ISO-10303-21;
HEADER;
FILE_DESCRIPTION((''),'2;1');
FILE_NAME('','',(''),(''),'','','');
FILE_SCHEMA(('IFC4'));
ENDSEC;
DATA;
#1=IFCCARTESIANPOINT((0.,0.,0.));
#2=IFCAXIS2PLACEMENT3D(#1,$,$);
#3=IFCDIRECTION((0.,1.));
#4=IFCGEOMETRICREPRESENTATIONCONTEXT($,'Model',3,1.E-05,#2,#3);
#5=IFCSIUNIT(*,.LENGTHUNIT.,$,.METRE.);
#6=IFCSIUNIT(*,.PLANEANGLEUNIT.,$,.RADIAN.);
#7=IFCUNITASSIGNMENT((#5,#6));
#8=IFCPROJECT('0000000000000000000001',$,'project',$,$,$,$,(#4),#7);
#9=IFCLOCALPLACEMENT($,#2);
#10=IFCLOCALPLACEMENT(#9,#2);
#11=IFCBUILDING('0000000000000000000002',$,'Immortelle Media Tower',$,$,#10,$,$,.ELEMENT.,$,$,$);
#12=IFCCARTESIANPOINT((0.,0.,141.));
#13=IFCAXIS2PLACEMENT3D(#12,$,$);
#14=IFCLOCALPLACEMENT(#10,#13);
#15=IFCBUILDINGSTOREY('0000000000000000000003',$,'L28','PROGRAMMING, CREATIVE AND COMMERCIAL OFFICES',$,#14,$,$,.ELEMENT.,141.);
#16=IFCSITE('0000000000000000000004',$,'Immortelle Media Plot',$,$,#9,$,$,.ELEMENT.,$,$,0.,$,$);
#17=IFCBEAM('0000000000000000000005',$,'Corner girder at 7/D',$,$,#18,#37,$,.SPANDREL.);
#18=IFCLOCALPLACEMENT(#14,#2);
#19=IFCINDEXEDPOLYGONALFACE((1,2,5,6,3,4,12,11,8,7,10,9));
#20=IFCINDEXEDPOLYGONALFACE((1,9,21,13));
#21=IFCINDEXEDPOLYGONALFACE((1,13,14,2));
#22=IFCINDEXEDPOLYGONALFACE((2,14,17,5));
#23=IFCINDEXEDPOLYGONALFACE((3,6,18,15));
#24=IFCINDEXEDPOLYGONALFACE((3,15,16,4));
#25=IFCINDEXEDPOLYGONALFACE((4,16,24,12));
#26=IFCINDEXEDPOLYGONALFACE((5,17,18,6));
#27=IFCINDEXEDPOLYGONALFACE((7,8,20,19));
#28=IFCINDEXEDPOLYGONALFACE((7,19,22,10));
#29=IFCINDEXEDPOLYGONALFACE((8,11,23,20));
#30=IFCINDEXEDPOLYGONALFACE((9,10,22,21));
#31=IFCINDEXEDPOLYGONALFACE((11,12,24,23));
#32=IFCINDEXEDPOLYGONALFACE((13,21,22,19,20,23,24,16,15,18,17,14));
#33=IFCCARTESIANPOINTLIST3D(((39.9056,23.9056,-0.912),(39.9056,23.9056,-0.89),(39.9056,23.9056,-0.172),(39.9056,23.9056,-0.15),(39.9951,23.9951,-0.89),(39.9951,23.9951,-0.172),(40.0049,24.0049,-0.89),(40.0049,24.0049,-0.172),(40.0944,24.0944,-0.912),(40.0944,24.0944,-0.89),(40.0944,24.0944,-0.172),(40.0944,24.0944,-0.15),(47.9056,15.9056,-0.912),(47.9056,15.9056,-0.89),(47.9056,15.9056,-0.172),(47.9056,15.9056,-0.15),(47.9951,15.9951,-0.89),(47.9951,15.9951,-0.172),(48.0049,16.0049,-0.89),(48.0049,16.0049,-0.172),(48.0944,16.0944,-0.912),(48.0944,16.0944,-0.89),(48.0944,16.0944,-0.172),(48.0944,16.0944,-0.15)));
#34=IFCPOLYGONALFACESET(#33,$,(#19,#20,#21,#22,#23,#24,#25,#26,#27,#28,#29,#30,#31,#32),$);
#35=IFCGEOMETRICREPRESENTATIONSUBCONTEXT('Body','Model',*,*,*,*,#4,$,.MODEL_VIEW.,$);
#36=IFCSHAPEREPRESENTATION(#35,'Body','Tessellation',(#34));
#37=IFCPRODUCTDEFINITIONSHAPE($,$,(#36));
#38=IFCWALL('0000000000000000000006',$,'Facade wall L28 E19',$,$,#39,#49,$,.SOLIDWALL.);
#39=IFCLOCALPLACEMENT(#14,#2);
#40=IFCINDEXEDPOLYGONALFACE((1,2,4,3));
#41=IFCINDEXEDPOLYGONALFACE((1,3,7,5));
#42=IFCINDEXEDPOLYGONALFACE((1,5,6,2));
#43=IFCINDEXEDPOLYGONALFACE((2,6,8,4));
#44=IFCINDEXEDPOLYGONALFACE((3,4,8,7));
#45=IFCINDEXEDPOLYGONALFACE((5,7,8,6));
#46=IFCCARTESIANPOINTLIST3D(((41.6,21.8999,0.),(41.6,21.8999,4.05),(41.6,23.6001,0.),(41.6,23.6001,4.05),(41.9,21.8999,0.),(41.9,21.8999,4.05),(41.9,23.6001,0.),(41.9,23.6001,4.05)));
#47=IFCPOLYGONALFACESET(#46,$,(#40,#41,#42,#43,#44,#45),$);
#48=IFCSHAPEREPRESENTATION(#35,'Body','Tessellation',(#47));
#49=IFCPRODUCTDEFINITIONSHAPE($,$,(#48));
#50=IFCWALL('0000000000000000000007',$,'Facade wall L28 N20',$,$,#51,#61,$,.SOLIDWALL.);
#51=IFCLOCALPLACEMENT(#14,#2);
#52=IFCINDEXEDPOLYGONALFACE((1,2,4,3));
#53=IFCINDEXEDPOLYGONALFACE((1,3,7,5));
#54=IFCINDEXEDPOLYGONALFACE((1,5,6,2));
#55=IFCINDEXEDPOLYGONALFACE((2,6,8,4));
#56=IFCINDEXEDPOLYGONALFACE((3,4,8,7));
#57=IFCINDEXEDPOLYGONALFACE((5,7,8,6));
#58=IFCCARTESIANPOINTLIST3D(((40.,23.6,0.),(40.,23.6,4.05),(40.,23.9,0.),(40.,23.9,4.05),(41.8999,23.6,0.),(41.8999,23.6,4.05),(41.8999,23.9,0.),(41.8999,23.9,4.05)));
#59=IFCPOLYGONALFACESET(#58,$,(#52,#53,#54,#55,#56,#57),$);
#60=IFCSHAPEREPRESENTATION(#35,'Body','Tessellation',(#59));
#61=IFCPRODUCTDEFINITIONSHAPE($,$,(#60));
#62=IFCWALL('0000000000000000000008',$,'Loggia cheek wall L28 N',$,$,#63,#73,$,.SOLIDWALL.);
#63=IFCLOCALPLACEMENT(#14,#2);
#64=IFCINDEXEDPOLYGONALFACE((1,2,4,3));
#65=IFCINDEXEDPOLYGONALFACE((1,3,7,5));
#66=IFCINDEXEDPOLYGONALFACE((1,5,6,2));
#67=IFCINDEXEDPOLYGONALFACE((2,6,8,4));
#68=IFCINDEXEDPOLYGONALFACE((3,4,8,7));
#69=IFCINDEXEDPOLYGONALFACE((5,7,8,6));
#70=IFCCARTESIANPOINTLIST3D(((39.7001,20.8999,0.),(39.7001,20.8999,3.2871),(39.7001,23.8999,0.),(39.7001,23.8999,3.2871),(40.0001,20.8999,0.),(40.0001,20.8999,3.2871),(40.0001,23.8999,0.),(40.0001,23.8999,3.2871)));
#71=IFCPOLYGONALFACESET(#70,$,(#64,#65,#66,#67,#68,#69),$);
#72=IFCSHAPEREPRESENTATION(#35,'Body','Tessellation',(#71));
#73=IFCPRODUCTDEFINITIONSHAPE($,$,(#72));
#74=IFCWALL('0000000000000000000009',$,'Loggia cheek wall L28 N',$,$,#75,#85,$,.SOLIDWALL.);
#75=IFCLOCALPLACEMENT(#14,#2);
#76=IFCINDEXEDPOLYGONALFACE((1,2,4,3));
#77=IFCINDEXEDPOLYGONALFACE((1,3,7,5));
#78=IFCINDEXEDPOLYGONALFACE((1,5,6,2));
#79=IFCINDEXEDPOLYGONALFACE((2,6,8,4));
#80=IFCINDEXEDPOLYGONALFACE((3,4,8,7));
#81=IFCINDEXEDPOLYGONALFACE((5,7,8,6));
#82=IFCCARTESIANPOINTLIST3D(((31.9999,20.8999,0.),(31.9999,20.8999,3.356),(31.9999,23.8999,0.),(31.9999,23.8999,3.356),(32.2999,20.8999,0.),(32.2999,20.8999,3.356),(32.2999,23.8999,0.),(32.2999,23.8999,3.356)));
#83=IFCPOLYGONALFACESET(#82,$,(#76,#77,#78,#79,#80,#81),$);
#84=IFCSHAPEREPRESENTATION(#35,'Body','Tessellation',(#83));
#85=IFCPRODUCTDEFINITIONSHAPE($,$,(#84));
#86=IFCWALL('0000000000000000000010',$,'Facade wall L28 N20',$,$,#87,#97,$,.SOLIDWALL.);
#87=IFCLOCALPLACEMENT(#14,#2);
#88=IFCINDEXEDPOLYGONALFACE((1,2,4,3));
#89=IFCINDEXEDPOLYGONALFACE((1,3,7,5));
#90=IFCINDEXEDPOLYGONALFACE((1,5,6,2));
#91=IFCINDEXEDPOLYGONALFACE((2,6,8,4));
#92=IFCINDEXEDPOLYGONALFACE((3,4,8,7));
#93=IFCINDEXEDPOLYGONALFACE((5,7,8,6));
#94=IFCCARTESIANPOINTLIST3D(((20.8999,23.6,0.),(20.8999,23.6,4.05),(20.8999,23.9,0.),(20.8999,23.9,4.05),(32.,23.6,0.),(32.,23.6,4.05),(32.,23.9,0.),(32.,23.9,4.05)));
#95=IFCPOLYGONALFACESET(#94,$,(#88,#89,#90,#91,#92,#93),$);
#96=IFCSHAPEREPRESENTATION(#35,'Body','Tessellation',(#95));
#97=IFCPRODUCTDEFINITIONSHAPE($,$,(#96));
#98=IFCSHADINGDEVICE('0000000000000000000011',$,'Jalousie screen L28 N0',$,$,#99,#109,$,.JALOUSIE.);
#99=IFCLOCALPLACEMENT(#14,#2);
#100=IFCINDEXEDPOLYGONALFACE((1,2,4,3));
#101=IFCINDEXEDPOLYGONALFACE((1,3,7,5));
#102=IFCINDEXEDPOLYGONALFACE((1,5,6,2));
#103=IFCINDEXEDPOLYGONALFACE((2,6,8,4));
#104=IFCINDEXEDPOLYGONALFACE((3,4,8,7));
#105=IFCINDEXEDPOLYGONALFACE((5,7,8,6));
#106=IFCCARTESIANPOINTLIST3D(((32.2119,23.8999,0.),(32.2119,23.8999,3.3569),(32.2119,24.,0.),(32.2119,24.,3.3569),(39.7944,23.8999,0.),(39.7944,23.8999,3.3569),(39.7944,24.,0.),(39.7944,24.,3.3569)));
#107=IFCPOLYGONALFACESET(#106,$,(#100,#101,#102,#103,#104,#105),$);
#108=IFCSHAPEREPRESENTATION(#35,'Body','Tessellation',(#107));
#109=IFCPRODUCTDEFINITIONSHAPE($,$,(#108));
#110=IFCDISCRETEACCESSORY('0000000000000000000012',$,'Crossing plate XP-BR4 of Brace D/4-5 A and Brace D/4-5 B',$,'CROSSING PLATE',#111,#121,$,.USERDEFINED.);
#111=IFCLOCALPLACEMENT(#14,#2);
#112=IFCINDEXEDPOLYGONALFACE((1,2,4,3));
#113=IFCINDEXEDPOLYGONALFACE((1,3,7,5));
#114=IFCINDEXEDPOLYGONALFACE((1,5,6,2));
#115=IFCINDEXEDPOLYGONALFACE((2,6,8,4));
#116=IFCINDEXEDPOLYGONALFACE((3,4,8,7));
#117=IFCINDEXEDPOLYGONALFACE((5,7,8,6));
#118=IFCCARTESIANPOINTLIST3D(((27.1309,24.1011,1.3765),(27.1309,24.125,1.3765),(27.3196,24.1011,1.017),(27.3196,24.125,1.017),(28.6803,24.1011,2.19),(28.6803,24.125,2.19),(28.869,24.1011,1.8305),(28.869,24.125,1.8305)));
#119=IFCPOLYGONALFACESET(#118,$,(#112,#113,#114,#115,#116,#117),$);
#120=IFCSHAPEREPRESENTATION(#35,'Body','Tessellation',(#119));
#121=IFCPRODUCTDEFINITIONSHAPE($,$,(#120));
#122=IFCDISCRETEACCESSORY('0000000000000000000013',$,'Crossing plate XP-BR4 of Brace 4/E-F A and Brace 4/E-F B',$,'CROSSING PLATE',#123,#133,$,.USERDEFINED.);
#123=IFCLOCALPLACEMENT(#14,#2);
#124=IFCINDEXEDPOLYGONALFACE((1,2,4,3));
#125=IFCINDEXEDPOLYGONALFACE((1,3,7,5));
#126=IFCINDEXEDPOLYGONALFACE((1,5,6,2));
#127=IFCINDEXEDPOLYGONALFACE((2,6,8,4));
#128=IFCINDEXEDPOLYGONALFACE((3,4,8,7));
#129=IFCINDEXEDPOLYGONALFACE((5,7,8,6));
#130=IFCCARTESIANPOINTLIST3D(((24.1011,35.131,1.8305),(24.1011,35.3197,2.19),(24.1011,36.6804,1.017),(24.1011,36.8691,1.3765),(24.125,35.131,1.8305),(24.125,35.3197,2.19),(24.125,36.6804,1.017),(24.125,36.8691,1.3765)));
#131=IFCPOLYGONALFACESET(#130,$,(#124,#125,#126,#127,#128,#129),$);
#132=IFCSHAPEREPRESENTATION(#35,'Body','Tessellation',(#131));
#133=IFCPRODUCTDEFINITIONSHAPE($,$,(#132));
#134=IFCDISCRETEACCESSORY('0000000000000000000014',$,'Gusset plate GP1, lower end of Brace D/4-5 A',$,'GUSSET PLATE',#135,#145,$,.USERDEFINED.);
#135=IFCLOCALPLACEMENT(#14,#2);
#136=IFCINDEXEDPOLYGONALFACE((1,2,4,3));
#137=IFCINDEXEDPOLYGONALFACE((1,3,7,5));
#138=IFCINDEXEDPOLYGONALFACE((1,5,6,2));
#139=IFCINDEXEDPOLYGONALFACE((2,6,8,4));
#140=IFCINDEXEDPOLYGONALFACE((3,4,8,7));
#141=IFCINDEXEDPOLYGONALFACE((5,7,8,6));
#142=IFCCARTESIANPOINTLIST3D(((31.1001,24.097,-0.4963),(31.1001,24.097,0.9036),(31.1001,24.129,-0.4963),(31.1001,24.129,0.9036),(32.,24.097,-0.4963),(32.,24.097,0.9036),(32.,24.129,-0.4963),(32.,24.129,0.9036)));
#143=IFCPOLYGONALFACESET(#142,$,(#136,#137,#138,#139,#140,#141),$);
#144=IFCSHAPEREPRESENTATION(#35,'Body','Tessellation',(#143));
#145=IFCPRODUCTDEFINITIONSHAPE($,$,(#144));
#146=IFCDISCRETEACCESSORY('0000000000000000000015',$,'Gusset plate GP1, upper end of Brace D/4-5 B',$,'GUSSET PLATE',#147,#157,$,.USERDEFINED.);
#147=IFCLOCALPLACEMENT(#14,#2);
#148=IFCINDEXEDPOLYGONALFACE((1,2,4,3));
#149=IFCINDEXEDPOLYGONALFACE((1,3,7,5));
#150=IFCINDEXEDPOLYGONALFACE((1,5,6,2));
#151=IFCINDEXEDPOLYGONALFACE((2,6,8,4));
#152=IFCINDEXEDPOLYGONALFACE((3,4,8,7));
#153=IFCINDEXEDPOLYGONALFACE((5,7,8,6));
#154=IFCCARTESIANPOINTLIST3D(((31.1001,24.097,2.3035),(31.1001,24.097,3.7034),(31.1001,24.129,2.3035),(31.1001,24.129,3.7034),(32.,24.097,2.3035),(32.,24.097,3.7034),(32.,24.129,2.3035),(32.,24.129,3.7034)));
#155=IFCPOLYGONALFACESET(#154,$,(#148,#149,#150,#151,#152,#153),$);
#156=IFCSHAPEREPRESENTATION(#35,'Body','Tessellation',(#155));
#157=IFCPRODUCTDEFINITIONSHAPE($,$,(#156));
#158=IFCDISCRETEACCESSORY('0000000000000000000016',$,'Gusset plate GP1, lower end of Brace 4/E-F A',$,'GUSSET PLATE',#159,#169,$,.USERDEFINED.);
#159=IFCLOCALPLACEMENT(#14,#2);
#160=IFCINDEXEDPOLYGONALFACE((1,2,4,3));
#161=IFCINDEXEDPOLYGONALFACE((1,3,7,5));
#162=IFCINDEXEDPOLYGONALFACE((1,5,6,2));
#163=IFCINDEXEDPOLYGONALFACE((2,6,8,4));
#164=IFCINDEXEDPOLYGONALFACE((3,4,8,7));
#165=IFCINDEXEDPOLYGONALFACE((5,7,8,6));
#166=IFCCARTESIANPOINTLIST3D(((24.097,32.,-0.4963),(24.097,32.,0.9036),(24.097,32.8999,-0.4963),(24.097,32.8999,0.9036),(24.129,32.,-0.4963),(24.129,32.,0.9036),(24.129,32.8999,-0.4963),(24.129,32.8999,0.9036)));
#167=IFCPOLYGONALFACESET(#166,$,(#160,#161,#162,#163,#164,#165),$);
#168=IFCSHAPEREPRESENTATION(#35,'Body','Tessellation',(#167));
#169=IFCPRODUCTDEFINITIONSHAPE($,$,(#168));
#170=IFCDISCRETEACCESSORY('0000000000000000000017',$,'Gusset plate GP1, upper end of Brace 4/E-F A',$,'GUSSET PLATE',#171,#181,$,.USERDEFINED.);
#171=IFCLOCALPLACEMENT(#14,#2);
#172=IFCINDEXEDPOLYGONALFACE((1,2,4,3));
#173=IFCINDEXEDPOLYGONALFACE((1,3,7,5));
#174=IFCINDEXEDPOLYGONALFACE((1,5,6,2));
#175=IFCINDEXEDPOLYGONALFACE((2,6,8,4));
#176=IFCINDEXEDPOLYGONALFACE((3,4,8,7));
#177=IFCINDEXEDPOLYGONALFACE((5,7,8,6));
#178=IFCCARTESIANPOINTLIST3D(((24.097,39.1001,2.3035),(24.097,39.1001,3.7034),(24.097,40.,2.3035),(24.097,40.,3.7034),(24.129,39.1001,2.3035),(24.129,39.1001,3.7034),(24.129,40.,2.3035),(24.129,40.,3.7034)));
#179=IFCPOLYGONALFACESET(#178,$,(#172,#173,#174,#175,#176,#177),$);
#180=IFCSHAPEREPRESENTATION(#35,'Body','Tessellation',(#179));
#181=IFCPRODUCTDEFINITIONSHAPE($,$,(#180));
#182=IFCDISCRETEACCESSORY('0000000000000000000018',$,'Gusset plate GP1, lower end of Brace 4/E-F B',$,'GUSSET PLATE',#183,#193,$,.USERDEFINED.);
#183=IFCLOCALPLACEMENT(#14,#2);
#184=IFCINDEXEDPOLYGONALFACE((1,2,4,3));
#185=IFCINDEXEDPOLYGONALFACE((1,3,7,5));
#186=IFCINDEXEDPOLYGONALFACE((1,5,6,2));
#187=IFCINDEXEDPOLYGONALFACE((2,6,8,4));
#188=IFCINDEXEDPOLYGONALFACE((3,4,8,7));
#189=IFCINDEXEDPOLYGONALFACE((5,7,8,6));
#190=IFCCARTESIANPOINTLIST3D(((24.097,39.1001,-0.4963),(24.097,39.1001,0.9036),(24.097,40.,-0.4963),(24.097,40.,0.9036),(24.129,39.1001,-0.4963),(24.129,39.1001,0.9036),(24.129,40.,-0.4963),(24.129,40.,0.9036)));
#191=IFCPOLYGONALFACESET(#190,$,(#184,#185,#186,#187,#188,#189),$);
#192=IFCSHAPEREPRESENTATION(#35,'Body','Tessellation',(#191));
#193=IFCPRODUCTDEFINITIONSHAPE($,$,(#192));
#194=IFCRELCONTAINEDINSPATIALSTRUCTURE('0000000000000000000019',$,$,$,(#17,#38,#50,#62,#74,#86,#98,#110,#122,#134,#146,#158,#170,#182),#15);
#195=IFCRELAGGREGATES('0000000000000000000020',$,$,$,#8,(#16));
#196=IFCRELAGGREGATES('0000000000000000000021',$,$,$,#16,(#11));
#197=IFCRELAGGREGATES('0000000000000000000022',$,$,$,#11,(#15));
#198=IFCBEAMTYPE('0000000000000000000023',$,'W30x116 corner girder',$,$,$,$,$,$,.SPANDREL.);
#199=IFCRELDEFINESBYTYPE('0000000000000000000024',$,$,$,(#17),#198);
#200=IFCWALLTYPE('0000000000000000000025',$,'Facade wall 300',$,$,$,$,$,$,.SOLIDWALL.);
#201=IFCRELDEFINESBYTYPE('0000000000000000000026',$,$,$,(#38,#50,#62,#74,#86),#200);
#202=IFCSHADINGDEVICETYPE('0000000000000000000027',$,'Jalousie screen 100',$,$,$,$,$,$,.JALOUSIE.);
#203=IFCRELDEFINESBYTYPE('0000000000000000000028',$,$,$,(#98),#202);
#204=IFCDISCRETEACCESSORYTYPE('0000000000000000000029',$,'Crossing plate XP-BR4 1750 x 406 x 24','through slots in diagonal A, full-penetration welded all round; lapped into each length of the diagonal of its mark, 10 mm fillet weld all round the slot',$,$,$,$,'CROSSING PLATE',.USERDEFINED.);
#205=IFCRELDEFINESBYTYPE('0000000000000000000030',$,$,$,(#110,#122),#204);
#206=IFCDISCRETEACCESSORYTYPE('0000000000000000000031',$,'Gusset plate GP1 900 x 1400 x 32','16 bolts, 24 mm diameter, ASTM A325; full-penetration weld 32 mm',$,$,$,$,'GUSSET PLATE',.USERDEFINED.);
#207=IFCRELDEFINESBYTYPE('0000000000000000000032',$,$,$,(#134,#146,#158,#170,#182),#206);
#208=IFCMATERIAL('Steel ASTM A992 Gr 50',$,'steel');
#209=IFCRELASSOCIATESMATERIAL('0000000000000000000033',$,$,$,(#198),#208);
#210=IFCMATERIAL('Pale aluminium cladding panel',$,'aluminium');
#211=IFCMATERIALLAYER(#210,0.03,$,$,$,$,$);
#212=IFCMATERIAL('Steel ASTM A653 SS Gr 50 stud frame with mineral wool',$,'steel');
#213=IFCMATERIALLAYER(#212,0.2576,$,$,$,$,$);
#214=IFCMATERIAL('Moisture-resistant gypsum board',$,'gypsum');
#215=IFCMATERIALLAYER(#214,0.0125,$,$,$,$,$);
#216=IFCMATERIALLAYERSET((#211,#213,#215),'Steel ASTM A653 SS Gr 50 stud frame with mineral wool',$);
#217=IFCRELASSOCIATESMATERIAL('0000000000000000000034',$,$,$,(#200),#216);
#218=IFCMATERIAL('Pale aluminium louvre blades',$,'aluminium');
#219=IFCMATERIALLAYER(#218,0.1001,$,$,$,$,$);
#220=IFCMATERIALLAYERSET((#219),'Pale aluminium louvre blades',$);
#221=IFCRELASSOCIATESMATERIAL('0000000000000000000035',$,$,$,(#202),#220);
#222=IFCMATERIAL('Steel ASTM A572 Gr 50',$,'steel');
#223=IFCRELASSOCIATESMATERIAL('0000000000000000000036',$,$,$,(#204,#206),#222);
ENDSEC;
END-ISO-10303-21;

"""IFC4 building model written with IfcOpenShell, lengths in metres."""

from ifc_helpers import new_model, si_unit, direction, frame, frame_2d, origin, origin_2d, place, context, subcontext, project, spatial, rectangle, i_section, extrude, material, layer, layer_set, material_profile, profile_set, type_object, element, save


model = new_model("IFC4")

# Units and contexts
model_context = context("Model", 3, precision=1e-05, world=origin(), true_north=direction((0.0, 1.0)))
body_context = subcontext(model_context, "Body", "Model", "MODEL_VIEW")
ifc_project = project(units=[si_unit("LENGTHUNIT", "METRE"), si_unit("PLANEANGLEUNIT", "RADIAN")], contexts=[model_context])

# Site, building, storey
site_placement = place(None, origin())
site = spatial("IfcSite", under=ifc_project, at=site_placement, Name="Immortelle Media Plot", CompositionType="ELEMENT", RefElevation=0.0)
building_placement = place(site_placement, origin())
building = spatial("IfcBuilding", under=site, at=building_placement, Name="Immortelle Media Tower", CompositionType="ELEMENT")
storey_placement = place(building_placement, frame((0.0, 0.0, 141.0)))
storey = spatial("IfcBuildingStorey", under=building, at=storey_placement, Name="L28", Description="PROGRAMMING, CREATIVE AND COMMERCIAL OFFICES", CompositionType="ELEMENT", Elevation=141.0)

# Shared definitions
ifc_material_1 = material(Name="Steel ASTM A992 Gr 50", Category="steel")

# Beam
ifc_material_profile_1 = material_profile(ifc_material_1, i_section(OverallWidth=0.2671, OverallDepth=0.762, WebThickness=0.0139, FlangeThickness=0.022, at=origin_2d()), Name="W30x116")
ifc_profile_set_1 = profile_set([ifc_material_profile_1], Name="Steel ASTM A992 Gr 50")
beam_type_1 = type_object("IfcBeamType", Name="W30x116 corner girder", PredefinedType="SPANDREL", material=ifc_profile_set_1)
beam_1_placement = place(storey_placement, frame((40.0, 24.0, -0.531), z_axis=(0.707107, -0.707107, 0.0), x_axis=(0.707107, 0.707107, 0.0)))
element("IfcBeam", 1, at=beam_1_placement, inside=storey, type_object=beam_type_1, Name="Corner girder at 7/D", PredefinedType="SPANDREL", context=body_context, shape_type="SweptSolid", body=[
    extrude(i_section(OverallWidth=0.2671, OverallDepth=0.762, WebThickness=0.0139, FlangeThickness=0.022, at=origin_2d()), origin(), (0.0, 0.0, 1.0), 11.3137),
])

# Walls
ifc_material_2 = material(Name="Pale aluminium cladding panel", Category="aluminium")
ifc_layer_1 = layer(ifc_material_2, 0.03)
ifc_material_3 = material(Name="Steel ASTM A653 SS Gr 50 stud frame with mineral wool", Category="steel")
ifc_layer_2 = layer(ifc_material_3, 0.2576)
ifc_material_4 = material(Name="Moisture-resistant gypsum board", Category="gypsum")
ifc_layer_3 = layer(ifc_material_4, 0.0125)
ifc_layer_set_1 = layer_set([ifc_layer_1, ifc_layer_2, ifc_layer_3], Name="Steel ASTM A653 SS Gr 50 stud frame with mineral wool")
wall_type = type_object("IfcWallType", Name="Facade wall 300", PredefinedType="SOLIDWALL", material=ifc_layer_set_1)
wall_1_placement = place(storey_placement, frame((41.75, 21.8999, 0.0), z_axis=(0.0, 0.0, 1.0), x_axis=(0.0, 1.0, 0.0)))
element("IfcWall", 2, at=wall_1_placement, inside=storey, type_object=wall_type, Name="Facade wall L28 E19", PredefinedType="SOLIDWALL", context=body_context, shape_type="SweptSolid", body=[
    extrude(rectangle(XDim=1.7002, YDim=0.3, at=frame_2d((0.8501, 0.0))), origin(), (0.0, 0.0, 1.0), 4.05),
])
wall_2_placement = place(storey_placement, frame((41.8999, 23.75, 0.0), z_axis=(0.0, 0.0, 1.0), x_axis=(-1.0, 0.0, 0.0)))
element("IfcWall", 3, at=wall_2_placement, inside=storey, type_object=wall_type, Name="Facade wall L28 N20", PredefinedType="SOLIDWALL", context=body_context, shape_type="SweptSolid", body=[
    extrude(rectangle(XDim=1.8999, YDim=0.3, at=frame_2d((0.95, 0.0))), origin(), (0.0, 0.0, 1.0), 4.05),
])
wall_3_placement = place(storey_placement, frame((39.8501, 23.8999, 0.0), z_axis=(0.0, 0.0, 1.0), x_axis=(0.0, -1.0, 0.0)))
element("IfcWall", 4, at=wall_3_placement, inside=storey, type_object=wall_type, Name="Loggia cheek wall L28 N", PredefinedType="SOLIDWALL", context=body_context, shape_type="SweptSolid", body=[
    extrude(rectangle(XDim=3.0, YDim=0.3, at=frame_2d((1.5, 0.0))), origin(), (0.0, 0.0, 1.0), 3.2871),
])
wall_4_placement = place(storey_placement, frame((32.1499, 23.8999, 0.0), z_axis=(0.0, 0.0, 1.0), x_axis=(0.0, -1.0, 0.0)))
element("IfcWall", 5, at=wall_4_placement, inside=storey, type_object=wall_type, Name="Loggia cheek wall L28 N", PredefinedType="SOLIDWALL", context=body_context, shape_type="SweptSolid", body=[
    extrude(rectangle(XDim=3.0, YDim=0.3, at=frame_2d((1.5, 0.0))), origin(), (0.0, 0.0, 1.0), 3.356),
])
wall_5_placement = place(storey_placement, frame((32.0, 23.75, 0.0), z_axis=(0.0, 0.0, 1.0), x_axis=(-1.0, 0.0, 0.0)))
element("IfcWall", 6, at=wall_5_placement, inside=storey, type_object=wall_type, Name="Facade wall L28 N20", PredefinedType="SOLIDWALL", context=body_context, shape_type="SweptSolid", body=[
    extrude(rectangle(XDim=11.1001, YDim=0.3, at=frame_2d((5.55, 0.0))), origin(), (0.0, 0.0, 1.0), 4.05),
])

# Shading device
ifc_material_5 = material(Name="Pale aluminium louvre blades", Category="aluminium")
ifc_layer_4 = layer(ifc_material_5, 0.1001)
ifc_layer_set_2 = layer_set([ifc_layer_4], Name="Pale aluminium louvre blades")
shading_device_type = type_object("IfcShadingDeviceType", Name="Jalousie screen 100", PredefinedType="JALOUSIE", material=ifc_layer_set_2)
shading_device_placement = place(storey_placement, frame((36.0032, 23.95, 0.0), z_axis=(0.0, 0.0, 1.0), x_axis=(-1.0, 0.0, 0.0)))
element("IfcShadingDevice", 7, at=shading_device_placement, inside=storey, type_object=shading_device_type, Name="Jalousie screen L28 N0", PredefinedType="JALOUSIE", context=body_context, shape_type="SweptSolid", body=[
    extrude(rectangle(XDim=7.5825, YDim=0.1001, at=origin_2d()), origin(), (0.0, 0.0, 1.0), 3.3569),
])

# Discrete accessories
ifc_material_6 = material(Name="Steel ASTM A572 Gr 50", Category="steel")
ifc_material_profile_2 = material_profile(ifc_material_6, rectangle(XDim=0.0239, YDim=0.406, at=origin_2d()), Name="PL 24 x 406")
ifc_profile_set_2 = profile_set([ifc_material_profile_2], Name="Steel ASTM A572 Gr 50")
discrete_accessory_type_1 = type_object("IfcDiscreteAccessoryType", Name="Crossing plate XP-BR4 1750 x 406 x 24", Description="through slots in diagonal A, full-penetration welded all round; lapped into each length of the diagonal of its mark, 10 mm fillet weld all round the slot", ElementType="CROSSING PLATE", PredefinedType="USERDEFINED", material=ifc_profile_set_2)
for number, where, z_axis, x_axis, name in (
    (8, (28.7747, 24.113, 2.0103), (-0.885378, 0.0, -0.464872), (0.0, -1.0, 0.0), "Crossing plate XP-BR4 of Brace D/4-5 A and Brace D/4-5 B"),
    (9, (24.113, 35.2253, 2.0103), (0.0, 0.885378, -0.464872), (-1.0, 0.0, 0.0), "Crossing plate XP-BR4 of Brace 4/E-F A and Brace 4/E-F B"),
):
    element("IfcDiscreteAccessory", number, at=place(storey_placement, frame(where, z_axis=z_axis, x_axis=x_axis)), inside=storey, type_object=discrete_accessory_type_1, Name=name, ObjectType="CROSSING PLATE", PredefinedType="USERDEFINED", context=body_context, shape_type="SweptSolid", body=[
        extrude(rectangle(XDim=0.0239, YDim=0.406, at=origin_2d()), origin(), (0.0, 0.0, 1.0), 1.75),
    ])
ifc_material_profile_3 = material_profile(ifc_material_6, rectangle(XDim=0.032, YDim=1.3999, at=origin_2d()), Name="PL 32 x 1400")
ifc_profile_set_3 = profile_set([ifc_material_profile_3], Name="Steel ASTM A572 Gr 50")
discrete_accessory_type_2 = type_object("IfcDiscreteAccessoryType", Name="Gusset plate GP1 900 x 1400 x 32", Description="16 bolts, 24 mm diameter, ASTM A325; full-penetration weld 32 mm", ElementType="GUSSET PLATE", PredefinedType="USERDEFINED", material=ifc_profile_set_3)
for number, where, z_axis, x_axis, name in (
    (10, (32.0, 24.113, 0.2036), (-1.0, 0.0, 0.0), (0.0, -1.0, 0.0), "Gusset plate GP1, lower end of Brace D/4-5 A"),
    (11, (32.0, 24.113, 3.0034), (-1.0, 0.0, 0.0), (0.0, -1.0, 0.0), "Gusset plate GP1, upper end of Brace D/4-5 B"),
    (12, (24.113, 32.0, 0.2036), (0.0, 1.0, 0.0), (-1.0, 0.0, 0.0), "Gusset plate GP1, lower end of Brace 4/E-F A"),
    (13, (24.113, 40.0, 3.0034), (0.0, -1.0, 0.0), (1.0, 0.0, 0.0), "Gusset plate GP1, upper end of Brace 4/E-F A"),
    (14, (24.113, 40.0, 0.2036), (0.0, -1.0, 0.0), (1.0, 0.0, 0.0), "Gusset plate GP1, lower end of Brace 4/E-F B"),
):
    element("IfcDiscreteAccessory", number, at=place(storey_placement, frame(where, z_axis=z_axis, x_axis=x_axis)), inside=storey, type_object=discrete_accessory_type_2, Name=name, ObjectType="GUSSET PLATE", PredefinedType="USERDEFINED", context=body_context, shape_type="SweptSolid", body=[
        extrude(rectangle(XDim=0.032, YDim=1.3999, at=origin_2d()), origin(), (0.0, 0.0, 1.0), 0.8999),
    ])

save(model, "model.ifc")
